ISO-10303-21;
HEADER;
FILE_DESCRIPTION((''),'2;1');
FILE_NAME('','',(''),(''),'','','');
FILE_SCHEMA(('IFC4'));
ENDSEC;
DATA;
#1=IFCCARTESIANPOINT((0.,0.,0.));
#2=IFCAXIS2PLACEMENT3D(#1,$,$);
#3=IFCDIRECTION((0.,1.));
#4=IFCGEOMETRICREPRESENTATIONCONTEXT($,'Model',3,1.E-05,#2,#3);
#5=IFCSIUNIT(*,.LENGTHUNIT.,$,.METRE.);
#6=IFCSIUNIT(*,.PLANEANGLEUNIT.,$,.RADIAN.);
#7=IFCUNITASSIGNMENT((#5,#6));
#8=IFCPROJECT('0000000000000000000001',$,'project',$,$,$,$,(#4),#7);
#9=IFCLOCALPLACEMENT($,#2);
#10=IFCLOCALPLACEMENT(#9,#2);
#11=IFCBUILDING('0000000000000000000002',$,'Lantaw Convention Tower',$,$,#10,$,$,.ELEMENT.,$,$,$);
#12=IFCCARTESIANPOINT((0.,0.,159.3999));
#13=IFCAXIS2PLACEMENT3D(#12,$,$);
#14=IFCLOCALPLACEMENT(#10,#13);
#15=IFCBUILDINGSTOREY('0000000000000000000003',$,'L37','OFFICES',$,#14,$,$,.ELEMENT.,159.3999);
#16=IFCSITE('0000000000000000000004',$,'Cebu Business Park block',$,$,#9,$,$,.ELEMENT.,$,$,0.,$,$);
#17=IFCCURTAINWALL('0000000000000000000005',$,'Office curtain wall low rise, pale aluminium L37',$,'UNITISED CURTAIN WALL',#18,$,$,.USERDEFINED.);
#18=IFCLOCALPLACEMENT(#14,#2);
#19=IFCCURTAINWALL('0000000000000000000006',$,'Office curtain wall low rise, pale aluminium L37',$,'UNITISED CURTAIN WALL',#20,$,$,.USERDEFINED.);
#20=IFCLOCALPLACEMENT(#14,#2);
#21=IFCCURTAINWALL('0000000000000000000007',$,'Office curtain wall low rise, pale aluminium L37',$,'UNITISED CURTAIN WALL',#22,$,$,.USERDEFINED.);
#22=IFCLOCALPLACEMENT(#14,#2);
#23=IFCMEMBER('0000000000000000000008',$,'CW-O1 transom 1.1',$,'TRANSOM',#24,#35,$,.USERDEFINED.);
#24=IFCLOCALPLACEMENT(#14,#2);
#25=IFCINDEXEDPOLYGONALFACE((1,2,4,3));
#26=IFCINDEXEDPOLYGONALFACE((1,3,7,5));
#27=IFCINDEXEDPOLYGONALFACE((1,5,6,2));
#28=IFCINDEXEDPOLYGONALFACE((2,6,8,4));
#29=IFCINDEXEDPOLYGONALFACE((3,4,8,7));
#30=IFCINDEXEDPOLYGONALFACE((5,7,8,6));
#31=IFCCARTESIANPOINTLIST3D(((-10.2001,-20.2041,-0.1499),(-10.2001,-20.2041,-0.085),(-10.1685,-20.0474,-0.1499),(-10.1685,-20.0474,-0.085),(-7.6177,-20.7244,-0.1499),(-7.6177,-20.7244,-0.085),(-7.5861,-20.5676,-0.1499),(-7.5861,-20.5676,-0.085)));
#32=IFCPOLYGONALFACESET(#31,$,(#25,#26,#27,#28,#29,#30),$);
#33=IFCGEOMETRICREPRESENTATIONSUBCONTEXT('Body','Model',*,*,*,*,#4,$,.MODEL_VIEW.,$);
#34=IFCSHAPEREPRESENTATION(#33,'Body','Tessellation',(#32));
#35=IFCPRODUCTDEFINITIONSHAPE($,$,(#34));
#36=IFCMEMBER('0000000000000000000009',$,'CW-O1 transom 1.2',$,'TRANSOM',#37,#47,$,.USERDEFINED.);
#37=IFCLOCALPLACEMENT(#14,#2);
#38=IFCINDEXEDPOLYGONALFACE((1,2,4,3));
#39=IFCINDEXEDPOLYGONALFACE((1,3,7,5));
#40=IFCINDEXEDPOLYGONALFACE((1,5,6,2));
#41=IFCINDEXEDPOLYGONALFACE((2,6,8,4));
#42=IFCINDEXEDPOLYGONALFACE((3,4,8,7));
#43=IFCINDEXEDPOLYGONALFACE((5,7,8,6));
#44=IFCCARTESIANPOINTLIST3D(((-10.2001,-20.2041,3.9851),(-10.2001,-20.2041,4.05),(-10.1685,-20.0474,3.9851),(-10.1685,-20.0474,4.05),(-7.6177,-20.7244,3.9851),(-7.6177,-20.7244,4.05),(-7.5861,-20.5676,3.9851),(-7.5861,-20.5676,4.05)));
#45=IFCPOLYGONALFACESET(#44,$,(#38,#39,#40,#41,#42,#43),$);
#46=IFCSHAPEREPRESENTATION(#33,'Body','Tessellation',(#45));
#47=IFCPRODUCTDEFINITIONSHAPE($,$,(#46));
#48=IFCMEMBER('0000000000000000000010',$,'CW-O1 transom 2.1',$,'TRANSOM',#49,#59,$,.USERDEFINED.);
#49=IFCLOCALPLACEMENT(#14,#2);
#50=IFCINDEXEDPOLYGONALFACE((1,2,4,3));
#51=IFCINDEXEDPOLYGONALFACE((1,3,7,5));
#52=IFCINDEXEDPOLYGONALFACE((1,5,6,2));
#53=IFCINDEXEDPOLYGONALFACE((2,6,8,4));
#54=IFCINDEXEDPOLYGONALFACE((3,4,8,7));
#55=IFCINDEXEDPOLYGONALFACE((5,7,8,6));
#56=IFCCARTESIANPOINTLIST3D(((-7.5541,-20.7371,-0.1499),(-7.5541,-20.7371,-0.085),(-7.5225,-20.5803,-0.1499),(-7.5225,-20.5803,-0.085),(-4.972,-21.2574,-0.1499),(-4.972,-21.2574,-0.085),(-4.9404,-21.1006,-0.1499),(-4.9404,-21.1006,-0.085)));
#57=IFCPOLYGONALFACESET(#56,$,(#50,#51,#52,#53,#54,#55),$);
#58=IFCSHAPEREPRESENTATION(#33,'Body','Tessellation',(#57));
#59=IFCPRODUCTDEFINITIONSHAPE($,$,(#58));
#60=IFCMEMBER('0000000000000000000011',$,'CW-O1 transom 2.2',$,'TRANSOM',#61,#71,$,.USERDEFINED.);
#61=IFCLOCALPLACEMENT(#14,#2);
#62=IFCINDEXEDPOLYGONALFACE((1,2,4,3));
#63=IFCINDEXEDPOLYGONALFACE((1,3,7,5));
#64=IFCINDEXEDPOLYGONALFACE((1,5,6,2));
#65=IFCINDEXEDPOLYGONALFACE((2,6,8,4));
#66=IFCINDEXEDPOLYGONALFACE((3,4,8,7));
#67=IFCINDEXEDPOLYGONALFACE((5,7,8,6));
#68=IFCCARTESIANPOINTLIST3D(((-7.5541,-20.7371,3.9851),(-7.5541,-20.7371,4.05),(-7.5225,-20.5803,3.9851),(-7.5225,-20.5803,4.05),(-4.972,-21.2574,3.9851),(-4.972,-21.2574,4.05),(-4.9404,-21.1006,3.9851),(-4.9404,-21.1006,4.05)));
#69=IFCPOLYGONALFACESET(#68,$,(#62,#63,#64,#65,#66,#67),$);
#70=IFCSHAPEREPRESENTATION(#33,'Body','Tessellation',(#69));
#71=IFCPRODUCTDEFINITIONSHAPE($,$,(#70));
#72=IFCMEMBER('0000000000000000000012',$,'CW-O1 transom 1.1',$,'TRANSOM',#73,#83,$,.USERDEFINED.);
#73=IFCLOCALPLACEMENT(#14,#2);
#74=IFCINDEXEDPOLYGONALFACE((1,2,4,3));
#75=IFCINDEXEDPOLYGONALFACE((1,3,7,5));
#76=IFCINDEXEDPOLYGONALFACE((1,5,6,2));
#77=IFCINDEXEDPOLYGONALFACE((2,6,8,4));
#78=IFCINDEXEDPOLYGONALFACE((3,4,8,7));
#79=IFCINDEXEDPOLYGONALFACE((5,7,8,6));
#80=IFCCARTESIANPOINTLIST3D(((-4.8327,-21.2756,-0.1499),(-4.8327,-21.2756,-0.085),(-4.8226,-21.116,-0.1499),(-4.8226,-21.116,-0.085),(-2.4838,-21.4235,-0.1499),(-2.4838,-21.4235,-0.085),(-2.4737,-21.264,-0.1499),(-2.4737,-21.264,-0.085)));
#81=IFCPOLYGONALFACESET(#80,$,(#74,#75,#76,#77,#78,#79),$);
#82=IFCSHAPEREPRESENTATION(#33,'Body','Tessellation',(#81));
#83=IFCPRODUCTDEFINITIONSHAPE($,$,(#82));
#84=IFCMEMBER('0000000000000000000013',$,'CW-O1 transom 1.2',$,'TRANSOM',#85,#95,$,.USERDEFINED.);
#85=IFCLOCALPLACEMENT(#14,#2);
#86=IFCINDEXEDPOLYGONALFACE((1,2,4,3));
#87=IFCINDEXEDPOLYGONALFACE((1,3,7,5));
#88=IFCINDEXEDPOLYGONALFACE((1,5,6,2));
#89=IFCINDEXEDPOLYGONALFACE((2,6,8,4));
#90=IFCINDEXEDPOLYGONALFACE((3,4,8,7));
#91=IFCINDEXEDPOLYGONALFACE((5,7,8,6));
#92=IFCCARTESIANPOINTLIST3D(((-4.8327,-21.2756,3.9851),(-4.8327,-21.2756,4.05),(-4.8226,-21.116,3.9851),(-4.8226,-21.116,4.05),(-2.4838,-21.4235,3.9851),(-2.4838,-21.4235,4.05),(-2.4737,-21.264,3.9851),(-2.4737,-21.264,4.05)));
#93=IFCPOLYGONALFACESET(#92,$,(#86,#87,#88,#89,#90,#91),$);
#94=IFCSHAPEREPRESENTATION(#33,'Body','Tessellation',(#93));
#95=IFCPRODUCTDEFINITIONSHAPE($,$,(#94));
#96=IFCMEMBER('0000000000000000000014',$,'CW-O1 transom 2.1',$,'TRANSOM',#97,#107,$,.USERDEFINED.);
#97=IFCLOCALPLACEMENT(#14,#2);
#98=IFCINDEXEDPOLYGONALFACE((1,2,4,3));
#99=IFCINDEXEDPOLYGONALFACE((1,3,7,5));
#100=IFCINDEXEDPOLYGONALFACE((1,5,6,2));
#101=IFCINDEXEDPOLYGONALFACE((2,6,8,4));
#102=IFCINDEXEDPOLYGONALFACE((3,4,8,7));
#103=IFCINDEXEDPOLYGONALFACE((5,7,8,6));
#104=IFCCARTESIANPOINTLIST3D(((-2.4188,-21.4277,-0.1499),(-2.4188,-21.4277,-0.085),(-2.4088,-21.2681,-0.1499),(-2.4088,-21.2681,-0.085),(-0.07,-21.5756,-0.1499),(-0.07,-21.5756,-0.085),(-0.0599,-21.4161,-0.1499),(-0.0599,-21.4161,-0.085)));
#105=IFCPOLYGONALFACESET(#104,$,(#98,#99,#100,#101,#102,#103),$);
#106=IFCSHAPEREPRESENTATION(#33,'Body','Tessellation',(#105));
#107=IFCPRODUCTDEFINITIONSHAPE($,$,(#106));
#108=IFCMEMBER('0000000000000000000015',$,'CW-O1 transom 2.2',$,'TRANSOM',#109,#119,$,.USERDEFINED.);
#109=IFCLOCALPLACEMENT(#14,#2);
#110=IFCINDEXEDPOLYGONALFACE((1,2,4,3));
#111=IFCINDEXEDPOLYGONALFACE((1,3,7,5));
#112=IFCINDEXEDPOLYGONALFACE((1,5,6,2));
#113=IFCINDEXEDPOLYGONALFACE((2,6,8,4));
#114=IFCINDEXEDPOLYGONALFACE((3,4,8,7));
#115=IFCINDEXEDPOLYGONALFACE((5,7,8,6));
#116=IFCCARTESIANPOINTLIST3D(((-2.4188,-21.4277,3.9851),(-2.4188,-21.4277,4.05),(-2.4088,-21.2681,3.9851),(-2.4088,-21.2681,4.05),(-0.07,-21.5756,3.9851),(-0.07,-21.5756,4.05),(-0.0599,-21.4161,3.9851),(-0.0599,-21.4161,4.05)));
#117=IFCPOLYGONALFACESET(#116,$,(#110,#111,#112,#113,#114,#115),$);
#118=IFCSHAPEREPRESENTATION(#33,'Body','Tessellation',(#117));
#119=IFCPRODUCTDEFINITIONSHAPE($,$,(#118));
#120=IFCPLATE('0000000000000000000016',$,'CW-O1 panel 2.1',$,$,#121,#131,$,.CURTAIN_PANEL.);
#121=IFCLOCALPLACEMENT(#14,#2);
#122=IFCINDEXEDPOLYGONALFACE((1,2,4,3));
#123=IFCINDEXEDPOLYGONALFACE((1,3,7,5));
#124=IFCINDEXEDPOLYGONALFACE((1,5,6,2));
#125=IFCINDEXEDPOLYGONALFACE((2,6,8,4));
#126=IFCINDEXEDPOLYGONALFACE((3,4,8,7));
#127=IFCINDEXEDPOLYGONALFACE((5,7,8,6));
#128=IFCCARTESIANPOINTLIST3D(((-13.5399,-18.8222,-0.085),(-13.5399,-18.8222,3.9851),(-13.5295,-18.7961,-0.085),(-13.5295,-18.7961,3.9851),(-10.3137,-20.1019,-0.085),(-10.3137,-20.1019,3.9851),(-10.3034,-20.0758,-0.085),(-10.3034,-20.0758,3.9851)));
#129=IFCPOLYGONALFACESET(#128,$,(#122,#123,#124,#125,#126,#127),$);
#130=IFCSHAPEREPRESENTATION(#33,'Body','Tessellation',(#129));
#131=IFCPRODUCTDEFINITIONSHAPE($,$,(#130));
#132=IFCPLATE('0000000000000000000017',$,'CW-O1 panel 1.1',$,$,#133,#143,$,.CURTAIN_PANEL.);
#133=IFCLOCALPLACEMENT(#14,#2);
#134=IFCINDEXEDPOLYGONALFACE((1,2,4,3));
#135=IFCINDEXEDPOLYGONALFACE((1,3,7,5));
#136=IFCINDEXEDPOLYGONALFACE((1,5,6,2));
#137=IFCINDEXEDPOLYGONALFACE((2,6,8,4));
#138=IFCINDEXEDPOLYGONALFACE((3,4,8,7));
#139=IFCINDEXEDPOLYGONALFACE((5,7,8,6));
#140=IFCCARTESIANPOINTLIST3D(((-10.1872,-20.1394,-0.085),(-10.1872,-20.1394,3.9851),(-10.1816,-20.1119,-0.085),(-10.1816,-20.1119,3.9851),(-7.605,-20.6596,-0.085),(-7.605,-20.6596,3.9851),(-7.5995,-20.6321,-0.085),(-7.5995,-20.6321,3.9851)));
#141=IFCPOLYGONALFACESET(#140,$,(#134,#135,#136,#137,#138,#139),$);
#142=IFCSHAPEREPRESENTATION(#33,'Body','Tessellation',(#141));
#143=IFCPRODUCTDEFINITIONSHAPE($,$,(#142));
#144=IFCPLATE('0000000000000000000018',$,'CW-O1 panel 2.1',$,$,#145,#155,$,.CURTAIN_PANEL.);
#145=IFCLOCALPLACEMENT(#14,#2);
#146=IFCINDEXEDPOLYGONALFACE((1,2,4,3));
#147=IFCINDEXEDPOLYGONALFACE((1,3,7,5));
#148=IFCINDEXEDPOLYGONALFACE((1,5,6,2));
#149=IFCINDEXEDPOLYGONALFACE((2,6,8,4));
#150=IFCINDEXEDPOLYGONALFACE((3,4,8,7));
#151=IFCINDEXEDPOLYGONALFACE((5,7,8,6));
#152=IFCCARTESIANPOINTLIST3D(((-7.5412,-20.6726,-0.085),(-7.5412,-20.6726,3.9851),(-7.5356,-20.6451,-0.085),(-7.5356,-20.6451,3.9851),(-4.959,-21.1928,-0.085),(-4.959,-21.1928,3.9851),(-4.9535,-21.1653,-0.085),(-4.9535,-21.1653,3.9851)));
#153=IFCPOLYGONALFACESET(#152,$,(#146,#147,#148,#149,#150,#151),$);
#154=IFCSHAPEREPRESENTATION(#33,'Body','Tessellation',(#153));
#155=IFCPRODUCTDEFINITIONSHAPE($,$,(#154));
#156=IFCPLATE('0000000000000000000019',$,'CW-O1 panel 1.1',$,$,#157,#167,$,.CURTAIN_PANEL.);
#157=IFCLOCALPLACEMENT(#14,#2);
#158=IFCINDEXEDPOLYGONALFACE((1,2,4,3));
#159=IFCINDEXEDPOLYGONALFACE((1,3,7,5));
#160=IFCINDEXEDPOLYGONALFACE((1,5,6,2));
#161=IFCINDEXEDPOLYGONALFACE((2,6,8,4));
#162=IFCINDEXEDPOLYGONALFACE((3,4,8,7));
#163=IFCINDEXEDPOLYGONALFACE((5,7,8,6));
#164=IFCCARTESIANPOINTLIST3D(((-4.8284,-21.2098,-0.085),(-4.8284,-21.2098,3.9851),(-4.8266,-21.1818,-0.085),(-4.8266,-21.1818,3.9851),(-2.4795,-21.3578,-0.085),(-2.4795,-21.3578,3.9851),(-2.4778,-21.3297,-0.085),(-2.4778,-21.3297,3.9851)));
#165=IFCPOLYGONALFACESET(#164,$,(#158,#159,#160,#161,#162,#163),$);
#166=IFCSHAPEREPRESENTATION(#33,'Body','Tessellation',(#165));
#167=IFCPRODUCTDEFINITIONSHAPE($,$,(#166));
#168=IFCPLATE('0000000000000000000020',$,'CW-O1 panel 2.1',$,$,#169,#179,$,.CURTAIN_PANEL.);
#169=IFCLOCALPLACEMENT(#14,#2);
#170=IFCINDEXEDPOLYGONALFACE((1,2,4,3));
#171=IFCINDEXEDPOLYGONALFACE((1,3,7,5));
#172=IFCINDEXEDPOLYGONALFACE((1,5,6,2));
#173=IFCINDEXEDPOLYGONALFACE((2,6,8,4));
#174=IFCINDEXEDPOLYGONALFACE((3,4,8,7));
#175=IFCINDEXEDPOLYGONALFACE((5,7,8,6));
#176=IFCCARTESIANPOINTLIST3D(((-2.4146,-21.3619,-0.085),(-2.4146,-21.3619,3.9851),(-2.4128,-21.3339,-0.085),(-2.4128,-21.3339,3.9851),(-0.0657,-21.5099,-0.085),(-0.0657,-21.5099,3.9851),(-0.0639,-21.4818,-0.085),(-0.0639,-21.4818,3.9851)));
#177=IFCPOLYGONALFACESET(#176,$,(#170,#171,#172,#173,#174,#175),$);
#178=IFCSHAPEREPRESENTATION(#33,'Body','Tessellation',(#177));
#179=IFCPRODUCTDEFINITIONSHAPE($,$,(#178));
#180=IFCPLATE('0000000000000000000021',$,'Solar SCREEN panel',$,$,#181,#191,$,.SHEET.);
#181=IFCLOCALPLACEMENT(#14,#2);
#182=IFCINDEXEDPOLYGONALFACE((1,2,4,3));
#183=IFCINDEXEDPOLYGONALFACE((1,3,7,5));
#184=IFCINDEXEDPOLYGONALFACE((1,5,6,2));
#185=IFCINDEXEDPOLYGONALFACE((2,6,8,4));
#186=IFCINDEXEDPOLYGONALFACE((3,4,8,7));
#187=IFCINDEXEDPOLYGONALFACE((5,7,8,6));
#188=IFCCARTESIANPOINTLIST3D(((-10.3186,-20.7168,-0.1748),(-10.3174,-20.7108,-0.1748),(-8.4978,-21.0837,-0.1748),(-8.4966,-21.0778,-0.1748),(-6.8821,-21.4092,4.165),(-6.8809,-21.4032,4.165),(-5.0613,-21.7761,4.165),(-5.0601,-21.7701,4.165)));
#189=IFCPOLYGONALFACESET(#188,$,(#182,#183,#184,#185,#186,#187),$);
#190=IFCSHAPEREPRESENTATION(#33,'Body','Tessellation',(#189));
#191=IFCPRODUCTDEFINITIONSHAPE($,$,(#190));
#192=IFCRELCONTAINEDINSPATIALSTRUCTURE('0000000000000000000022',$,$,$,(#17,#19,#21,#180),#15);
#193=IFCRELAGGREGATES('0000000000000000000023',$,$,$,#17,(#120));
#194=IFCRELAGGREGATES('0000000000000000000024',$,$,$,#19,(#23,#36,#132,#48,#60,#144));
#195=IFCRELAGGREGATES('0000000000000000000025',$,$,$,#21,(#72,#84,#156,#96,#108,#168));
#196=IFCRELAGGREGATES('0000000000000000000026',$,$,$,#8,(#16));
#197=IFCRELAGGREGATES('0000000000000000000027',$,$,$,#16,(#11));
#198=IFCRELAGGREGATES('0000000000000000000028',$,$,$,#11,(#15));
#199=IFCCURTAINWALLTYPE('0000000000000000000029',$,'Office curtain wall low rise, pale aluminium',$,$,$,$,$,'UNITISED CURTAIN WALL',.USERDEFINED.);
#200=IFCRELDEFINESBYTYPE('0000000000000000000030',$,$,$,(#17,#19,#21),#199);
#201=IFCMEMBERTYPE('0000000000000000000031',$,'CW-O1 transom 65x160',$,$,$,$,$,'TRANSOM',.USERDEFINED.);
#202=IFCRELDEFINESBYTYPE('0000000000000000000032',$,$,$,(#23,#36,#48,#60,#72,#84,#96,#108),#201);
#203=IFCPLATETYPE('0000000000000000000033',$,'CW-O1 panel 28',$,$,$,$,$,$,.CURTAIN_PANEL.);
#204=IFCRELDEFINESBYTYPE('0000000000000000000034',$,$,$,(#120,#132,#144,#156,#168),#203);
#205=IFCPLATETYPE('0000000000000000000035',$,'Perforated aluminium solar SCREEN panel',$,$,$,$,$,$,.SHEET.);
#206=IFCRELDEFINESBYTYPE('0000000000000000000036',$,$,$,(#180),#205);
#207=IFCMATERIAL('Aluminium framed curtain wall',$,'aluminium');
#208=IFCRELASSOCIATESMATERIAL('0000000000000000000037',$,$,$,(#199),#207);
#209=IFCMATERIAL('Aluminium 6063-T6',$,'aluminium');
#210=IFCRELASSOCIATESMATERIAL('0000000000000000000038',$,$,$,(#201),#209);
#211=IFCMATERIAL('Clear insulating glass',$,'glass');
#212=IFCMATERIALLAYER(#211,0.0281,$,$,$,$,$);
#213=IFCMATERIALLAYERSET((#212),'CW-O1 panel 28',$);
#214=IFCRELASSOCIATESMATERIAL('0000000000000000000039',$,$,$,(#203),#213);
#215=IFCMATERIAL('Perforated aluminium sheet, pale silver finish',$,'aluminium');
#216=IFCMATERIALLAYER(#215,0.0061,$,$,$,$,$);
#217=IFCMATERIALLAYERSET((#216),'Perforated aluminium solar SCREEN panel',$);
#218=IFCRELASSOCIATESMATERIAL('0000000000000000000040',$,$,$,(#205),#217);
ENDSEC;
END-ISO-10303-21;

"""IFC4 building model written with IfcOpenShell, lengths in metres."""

from ifc_helpers import new_model, si_unit, direction, frame, origin, origin_2d, place, context, subcontext, project, spatial, polyline, rectangle, outline, extrude, material, layer, layer_set, material_profile, profile_set, type_object, element, aggregate, save


model = new_model("IFC4")

# Units and contexts
model_context = context("Model", 3, precision=1e-05, world=origin(), true_north=direction((0.0, 1.0)))
body_context = subcontext(model_context, "Body", "Model", "MODEL_VIEW")
ifc_project = project(units=[si_unit("LENGTHUNIT", "METRE"), si_unit("PLANEANGLEUNIT", "RADIAN")], contexts=[model_context])

# Site, building, storey
site_placement = place(None, origin())
site = spatial("IfcSite", under=ifc_project, at=site_placement, Name="Cebu Business Park block", CompositionType="ELEMENT", RefElevation=0.0)
building_placement = place(site_placement, origin())
building = spatial("IfcBuilding", under=site, at=building_placement, Name="Lantaw Convention Tower", CompositionType="ELEMENT")
storey_placement = place(building_placement, frame((0.0, 0.0, 159.3999)))
storey = spatial("IfcBuildingStorey", under=building, at=storey_placement, Name="L37", Description="OFFICES", CompositionType="ELEMENT", Elevation=159.3999)

# Curtain wall
ifc_material_1 = material(Name="Aluminium framed curtain wall", Category="aluminium")
curtain_wall_type = type_object("IfcCurtainWallType", Name="Office curtain wall low rise, pale aluminium", ElementType="UNITISED CURTAIN WALL", PredefinedType="USERDEFINED", material=ifc_material_1)
curtain_wall_1_placement = place(storey_placement, origin())
curtain_wall_1 = element("IfcCurtainWall", 1, at=curtain_wall_1_placement, inside=storey, type_object=curtain_wall_type, Name="Office curtain wall low rise, pale aluminium L37", ObjectType="UNITISED CURTAIN WALL", PredefinedType="USERDEFINED")
ifc_material_2 = material(Name="Aluminium 6063-T6", Category="aluminium")

# Curtain walls
curtain_wall_2_placement = place(storey_placement, origin())
curtain_wall_2 = element("IfcCurtainWall", 2, at=curtain_wall_2_placement, inside=storey, type_object=curtain_wall_type, Name="Office curtain wall low rise, pale aluminium L37", ObjectType="UNITISED CURTAIN WALL", PredefinedType="USERDEFINED")
curtain_wall_3_placement = place(storey_placement, origin())
curtain_wall_3 = element("IfcCurtainWall", 3, at=curtain_wall_3_placement, inside=storey, type_object=curtain_wall_type, Name="Office curtain wall low rise, pale aluminium L37", ObjectType="UNITISED CURTAIN WALL", PredefinedType="USERDEFINED")

# Members
ifc_material_profile_1 = material_profile(ifc_material_2, rectangle(XDim=0.1599, YDim=0.0649, at=origin_2d()), Name="CW-O1 transom 65x160")
ifc_profile_set_1 = profile_set([ifc_material_profile_1], Name="Aluminium 6063-T6")
member_type_1 = type_object("IfcMemberType", Name="CW-O1 transom 65x160", ElementType="TRANSOM", PredefinedType="USERDEFINED", material=ifc_profile_set_1)
member_1_placement = place(storey_placement, frame((-10.1843, -20.1257, -0.1174), z_axis=(0.980302, -0.197506, 0.0), x_axis=(0.197506, 0.980302, 0.0)))
member_1 = element("IfcMember", 4, at=member_1_placement, type_object=member_type_1, Name="CW-O1 transom 1.1", ObjectType="TRANSOM", PredefinedType="USERDEFINED", context=body_context, shape_type="SweptSolid", body=[
    extrude(rectangle(XDim=0.1599, YDim=0.0649, at=origin_2d()), origin(), (0.0, 0.0, 1.0), 2.6343),
])
member_2_placement = place(storey_placement, frame((-10.1843, -20.1257, 4.0176), z_axis=(0.980302, -0.197506, 0.0), x_axis=(0.197506, 0.980302, 0.0)))
member_2 = element("IfcMember", 5, at=member_2_placement, type_object=member_type_1, Name="CW-O1 transom 1.2", ObjectType="TRANSOM", PredefinedType="USERDEFINED", context=body_context, shape_type="SweptSolid", body=[
    extrude(rectangle(XDim=0.1599, YDim=0.0649, at=origin_2d()), origin(), (0.0, 0.0, 1.0), 2.6343),
])
member_3_placement = place(storey_placement, frame((-7.5383, -20.6587, -0.1174), z_axis=(0.980298, -0.197524, 0.0), x_axis=(0.197524, 0.980298, 0.0)))
member_3 = element("IfcMember", 6, at=member_3_placement, type_object=member_type_1, Name="CW-O1 transom 2.1", ObjectType="TRANSOM", PredefinedType="USERDEFINED", context=body_context, shape_type="SweptSolid", body=[
    extrude(rectangle(XDim=0.1599, YDim=0.0649, at=origin_2d()), origin(), (0.0, 0.0, 1.0), 2.634),
])
member_4_placement = place(storey_placement, frame((-7.5383, -20.6587, 4.0176), z_axis=(0.980298, -0.197524, 0.0), x_axis=(0.197524, 0.980298, 0.0)))
member_4 = element("IfcMember", 7, at=member_4_placement, type_object=member_type_1, Name="CW-O1 transom 2.2", ObjectType="TRANSOM", PredefinedType="USERDEFINED", context=body_context, shape_type="SweptSolid", body=[
    extrude(rectangle(XDim=0.1599, YDim=0.0649, at=origin_2d()), origin(), (0.0, 0.0, 1.0), 2.634),
])
member_5_placement = place(storey_placement, frame((-4.8276, -21.1958, -0.1174), z_axis=(0.998022, -0.062863, 0.0), x_axis=(0.062863, 0.998022, 0.0)))
member_5 = element("IfcMember", 8, at=member_5_placement, type_object=member_type_1, Name="CW-O1 transom 1.1", ObjectType="TRANSOM", PredefinedType="USERDEFINED", context=body_context, shape_type="SweptSolid", body=[
    extrude(rectangle(XDim=0.1599, YDim=0.0649, at=origin_2d()), origin(), (0.0, 0.0, 1.0), 2.3535),
])
member_6_placement = place(storey_placement, frame((-4.8276, -21.1958, 4.0176), z_axis=(0.998022, -0.062863, 0.0), x_axis=(0.062863, 0.998022, 0.0)))
member_6 = element("IfcMember", 9, at=member_6_placement, type_object=member_type_1, Name="CW-O1 transom 1.2", ObjectType="TRANSOM", PredefinedType="USERDEFINED", context=body_context, shape_type="SweptSolid", body=[
    extrude(rectangle(XDim=0.1599, YDim=0.0649, at=origin_2d()), origin(), (0.0, 0.0, 1.0), 2.3535),
])
member_7_placement = place(storey_placement, frame((-2.4138, -21.3479, -0.1174), z_axis=(0.998022, -0.062863, 0.0), x_axis=(0.062863, 0.998022, 0.0)))
member_7 = element("IfcMember", 10, at=member_7_placement, type_object=member_type_1, Name="CW-O1 transom 2.1", ObjectType="TRANSOM", PredefinedType="USERDEFINED", context=body_context, shape_type="SweptSolid", body=[
    extrude(rectangle(XDim=0.1599, YDim=0.0649, at=origin_2d()), origin(), (0.0, 0.0, 1.0), 2.3535),
])
member_8_placement = place(storey_placement, frame((-2.4138, -21.3479, 4.0176), z_axis=(0.998022, -0.062863, 0.0), x_axis=(0.062863, 0.998022, 0.0)))
member_8 = element("IfcMember", 11, at=member_8_placement, type_object=member_type_1, Name="CW-O1 transom 2.2", ObjectType="TRANSOM", PredefinedType="USERDEFINED", context=body_context, shape_type="SweptSolid", body=[
    extrude(rectangle(XDim=0.1599, YDim=0.0649, at=origin_2d()), origin(), (0.0, 0.0, 1.0), 2.3535),
])

# Plates
ifc_material_3 = material(Name="Clear insulating glass", Category="glass")
ifc_layer_1 = layer(ifc_material_3, 0.0281)
ifc_layer_set_1 = layer_set([ifc_layer_1], Name="CW-O1 panel 28")
plate_type_1 = type_object("IfcPlateType", Name="CW-O1 panel 28", PredefinedType="CURTAIN_PANEL", material=ifc_layer_set_1)
plate_1_placement = place(storey_placement, frame((-11.9216, -19.449, -0.085), z_axis=(0.0, 0.0, 1.0), x_axis=(0.929548, -0.368702, 0.0)))
plate_1 = element("IfcPlate", 12, at=plate_1_placement, type_object=plate_type_1, Name="CW-O1 panel 2.1", PredefinedType="CURTAIN_PANEL", context=body_context, shape_type="SweptSolid", body=[
    extrude(rectangle(XDim=3.4707, YDim=0.0281, at=origin_2d()), origin(), (0.0, 0.0, 1.0), 4.0701),
])
aggregate(curtain_wall_1, [plate_1])
plate_2_placement = place(storey_placement, frame((-8.8933, -20.3857, -0.085), z_axis=(0.0, 0.0, 1.0), x_axis=(0.980302, -0.197507, 0.0)))
plate_2 = element("IfcPlate", 13, at=plate_2_placement, type_object=plate_type_1, Name="CW-O1 panel 1.1", PredefinedType="CURTAIN_PANEL", context=body_context, shape_type="SweptSolid", body=[
    extrude(rectangle(XDim=2.634, YDim=0.0281, at=origin_2d()), origin(), (0.0, 0.0, 1.0), 4.0701),
])
plate_3_placement = place(storey_placement, frame((-6.2473, -20.9189, -0.085), z_axis=(0.0, 0.0, 1.0), x_axis=(0.980302, -0.197507, 0.0)))
plate_3 = element("IfcPlate", 14, at=plate_3_placement, type_object=plate_type_1, Name="CW-O1 panel 2.1", PredefinedType="CURTAIN_PANEL", context=body_context, shape_type="SweptSolid", body=[
    extrude(rectangle(XDim=2.634, YDim=0.0281, at=origin_2d()), origin(), (0.0, 0.0, 1.0), 4.0701),
])
aggregate(curtain_wall_2, [member_1, member_2, plate_2, member_3, member_4, plate_3])
plate_4_placement = place(storey_placement, frame((-3.6531, -21.2698, -0.085), z_axis=(0.0, 0.0, 1.0), x_axis=(0.998022, -0.062865, 0.0)))
plate_4 = element("IfcPlate", 15, at=plate_4_placement, type_object=plate_type_1, Name="CW-O1 panel 1.1", PredefinedType="CURTAIN_PANEL", context=body_context, shape_type="SweptSolid", body=[
    extrude(rectangle(XDim=2.3535, YDim=0.0281, at=origin_2d()), origin(), (0.0, 0.0, 1.0), 4.0701),
])
plate_5_placement = place(storey_placement, frame((-1.2393, -21.4219, -0.085), z_axis=(0.0, 0.0, 1.0), x_axis=(0.998022, -0.062865, 0.0)))
plate_5 = element("IfcPlate", 16, at=plate_5_placement, type_object=plate_type_1, Name="CW-O1 panel 2.1", PredefinedType="CURTAIN_PANEL", context=body_context, shape_type="SweptSolid", body=[
    extrude(rectangle(XDim=2.3535, YDim=0.0281, at=origin_2d()), origin(), (0.0, 0.0, 1.0), 4.0701),
])
aggregate(curtain_wall_3, [member_5, member_6, plate_4, member_7, member_8, plate_5])

# Plate
ifc_material_4 = material(Name="Perforated aluminium sheet, pale silver finish", Category="aluminium")
ifc_layer_2 = layer(ifc_material_4, 0.0061)
ifc_layer_set_2 = layer_set([ifc_layer_2], Name="Perforated aluminium solar SCREEN panel")
plate_type_2 = type_object("IfcPlateType", Name="Perforated aluminium solar SCREEN panel", PredefinedType="SHEET", material=ifc_layer_set_2)
plate_6_placement = place(storey_placement, frame((-10.3186, -20.7168, -0.1748), z_axis=(-0.197557, -0.980291, 0.000039), x_axis=(0.980291, -0.197557, 0.0)))
element("IfcPlate", 17, at=plate_6_placement, inside=storey, type_object=plate_type_2, Name="Solar SCREEN panel", PredefinedType="SHEET", context=body_context, shape_type="SweptSolid", body=[
    extrude(outline(polyline([(0.0, 0.0), (1.8574, 0.0), (5.363, 4.3398), (3.5056, 4.3398), (0.0, 0.0)])), origin(), (0.0, 0.0, -1.0), 0.0061),
])

save(model, "model.ifc")
